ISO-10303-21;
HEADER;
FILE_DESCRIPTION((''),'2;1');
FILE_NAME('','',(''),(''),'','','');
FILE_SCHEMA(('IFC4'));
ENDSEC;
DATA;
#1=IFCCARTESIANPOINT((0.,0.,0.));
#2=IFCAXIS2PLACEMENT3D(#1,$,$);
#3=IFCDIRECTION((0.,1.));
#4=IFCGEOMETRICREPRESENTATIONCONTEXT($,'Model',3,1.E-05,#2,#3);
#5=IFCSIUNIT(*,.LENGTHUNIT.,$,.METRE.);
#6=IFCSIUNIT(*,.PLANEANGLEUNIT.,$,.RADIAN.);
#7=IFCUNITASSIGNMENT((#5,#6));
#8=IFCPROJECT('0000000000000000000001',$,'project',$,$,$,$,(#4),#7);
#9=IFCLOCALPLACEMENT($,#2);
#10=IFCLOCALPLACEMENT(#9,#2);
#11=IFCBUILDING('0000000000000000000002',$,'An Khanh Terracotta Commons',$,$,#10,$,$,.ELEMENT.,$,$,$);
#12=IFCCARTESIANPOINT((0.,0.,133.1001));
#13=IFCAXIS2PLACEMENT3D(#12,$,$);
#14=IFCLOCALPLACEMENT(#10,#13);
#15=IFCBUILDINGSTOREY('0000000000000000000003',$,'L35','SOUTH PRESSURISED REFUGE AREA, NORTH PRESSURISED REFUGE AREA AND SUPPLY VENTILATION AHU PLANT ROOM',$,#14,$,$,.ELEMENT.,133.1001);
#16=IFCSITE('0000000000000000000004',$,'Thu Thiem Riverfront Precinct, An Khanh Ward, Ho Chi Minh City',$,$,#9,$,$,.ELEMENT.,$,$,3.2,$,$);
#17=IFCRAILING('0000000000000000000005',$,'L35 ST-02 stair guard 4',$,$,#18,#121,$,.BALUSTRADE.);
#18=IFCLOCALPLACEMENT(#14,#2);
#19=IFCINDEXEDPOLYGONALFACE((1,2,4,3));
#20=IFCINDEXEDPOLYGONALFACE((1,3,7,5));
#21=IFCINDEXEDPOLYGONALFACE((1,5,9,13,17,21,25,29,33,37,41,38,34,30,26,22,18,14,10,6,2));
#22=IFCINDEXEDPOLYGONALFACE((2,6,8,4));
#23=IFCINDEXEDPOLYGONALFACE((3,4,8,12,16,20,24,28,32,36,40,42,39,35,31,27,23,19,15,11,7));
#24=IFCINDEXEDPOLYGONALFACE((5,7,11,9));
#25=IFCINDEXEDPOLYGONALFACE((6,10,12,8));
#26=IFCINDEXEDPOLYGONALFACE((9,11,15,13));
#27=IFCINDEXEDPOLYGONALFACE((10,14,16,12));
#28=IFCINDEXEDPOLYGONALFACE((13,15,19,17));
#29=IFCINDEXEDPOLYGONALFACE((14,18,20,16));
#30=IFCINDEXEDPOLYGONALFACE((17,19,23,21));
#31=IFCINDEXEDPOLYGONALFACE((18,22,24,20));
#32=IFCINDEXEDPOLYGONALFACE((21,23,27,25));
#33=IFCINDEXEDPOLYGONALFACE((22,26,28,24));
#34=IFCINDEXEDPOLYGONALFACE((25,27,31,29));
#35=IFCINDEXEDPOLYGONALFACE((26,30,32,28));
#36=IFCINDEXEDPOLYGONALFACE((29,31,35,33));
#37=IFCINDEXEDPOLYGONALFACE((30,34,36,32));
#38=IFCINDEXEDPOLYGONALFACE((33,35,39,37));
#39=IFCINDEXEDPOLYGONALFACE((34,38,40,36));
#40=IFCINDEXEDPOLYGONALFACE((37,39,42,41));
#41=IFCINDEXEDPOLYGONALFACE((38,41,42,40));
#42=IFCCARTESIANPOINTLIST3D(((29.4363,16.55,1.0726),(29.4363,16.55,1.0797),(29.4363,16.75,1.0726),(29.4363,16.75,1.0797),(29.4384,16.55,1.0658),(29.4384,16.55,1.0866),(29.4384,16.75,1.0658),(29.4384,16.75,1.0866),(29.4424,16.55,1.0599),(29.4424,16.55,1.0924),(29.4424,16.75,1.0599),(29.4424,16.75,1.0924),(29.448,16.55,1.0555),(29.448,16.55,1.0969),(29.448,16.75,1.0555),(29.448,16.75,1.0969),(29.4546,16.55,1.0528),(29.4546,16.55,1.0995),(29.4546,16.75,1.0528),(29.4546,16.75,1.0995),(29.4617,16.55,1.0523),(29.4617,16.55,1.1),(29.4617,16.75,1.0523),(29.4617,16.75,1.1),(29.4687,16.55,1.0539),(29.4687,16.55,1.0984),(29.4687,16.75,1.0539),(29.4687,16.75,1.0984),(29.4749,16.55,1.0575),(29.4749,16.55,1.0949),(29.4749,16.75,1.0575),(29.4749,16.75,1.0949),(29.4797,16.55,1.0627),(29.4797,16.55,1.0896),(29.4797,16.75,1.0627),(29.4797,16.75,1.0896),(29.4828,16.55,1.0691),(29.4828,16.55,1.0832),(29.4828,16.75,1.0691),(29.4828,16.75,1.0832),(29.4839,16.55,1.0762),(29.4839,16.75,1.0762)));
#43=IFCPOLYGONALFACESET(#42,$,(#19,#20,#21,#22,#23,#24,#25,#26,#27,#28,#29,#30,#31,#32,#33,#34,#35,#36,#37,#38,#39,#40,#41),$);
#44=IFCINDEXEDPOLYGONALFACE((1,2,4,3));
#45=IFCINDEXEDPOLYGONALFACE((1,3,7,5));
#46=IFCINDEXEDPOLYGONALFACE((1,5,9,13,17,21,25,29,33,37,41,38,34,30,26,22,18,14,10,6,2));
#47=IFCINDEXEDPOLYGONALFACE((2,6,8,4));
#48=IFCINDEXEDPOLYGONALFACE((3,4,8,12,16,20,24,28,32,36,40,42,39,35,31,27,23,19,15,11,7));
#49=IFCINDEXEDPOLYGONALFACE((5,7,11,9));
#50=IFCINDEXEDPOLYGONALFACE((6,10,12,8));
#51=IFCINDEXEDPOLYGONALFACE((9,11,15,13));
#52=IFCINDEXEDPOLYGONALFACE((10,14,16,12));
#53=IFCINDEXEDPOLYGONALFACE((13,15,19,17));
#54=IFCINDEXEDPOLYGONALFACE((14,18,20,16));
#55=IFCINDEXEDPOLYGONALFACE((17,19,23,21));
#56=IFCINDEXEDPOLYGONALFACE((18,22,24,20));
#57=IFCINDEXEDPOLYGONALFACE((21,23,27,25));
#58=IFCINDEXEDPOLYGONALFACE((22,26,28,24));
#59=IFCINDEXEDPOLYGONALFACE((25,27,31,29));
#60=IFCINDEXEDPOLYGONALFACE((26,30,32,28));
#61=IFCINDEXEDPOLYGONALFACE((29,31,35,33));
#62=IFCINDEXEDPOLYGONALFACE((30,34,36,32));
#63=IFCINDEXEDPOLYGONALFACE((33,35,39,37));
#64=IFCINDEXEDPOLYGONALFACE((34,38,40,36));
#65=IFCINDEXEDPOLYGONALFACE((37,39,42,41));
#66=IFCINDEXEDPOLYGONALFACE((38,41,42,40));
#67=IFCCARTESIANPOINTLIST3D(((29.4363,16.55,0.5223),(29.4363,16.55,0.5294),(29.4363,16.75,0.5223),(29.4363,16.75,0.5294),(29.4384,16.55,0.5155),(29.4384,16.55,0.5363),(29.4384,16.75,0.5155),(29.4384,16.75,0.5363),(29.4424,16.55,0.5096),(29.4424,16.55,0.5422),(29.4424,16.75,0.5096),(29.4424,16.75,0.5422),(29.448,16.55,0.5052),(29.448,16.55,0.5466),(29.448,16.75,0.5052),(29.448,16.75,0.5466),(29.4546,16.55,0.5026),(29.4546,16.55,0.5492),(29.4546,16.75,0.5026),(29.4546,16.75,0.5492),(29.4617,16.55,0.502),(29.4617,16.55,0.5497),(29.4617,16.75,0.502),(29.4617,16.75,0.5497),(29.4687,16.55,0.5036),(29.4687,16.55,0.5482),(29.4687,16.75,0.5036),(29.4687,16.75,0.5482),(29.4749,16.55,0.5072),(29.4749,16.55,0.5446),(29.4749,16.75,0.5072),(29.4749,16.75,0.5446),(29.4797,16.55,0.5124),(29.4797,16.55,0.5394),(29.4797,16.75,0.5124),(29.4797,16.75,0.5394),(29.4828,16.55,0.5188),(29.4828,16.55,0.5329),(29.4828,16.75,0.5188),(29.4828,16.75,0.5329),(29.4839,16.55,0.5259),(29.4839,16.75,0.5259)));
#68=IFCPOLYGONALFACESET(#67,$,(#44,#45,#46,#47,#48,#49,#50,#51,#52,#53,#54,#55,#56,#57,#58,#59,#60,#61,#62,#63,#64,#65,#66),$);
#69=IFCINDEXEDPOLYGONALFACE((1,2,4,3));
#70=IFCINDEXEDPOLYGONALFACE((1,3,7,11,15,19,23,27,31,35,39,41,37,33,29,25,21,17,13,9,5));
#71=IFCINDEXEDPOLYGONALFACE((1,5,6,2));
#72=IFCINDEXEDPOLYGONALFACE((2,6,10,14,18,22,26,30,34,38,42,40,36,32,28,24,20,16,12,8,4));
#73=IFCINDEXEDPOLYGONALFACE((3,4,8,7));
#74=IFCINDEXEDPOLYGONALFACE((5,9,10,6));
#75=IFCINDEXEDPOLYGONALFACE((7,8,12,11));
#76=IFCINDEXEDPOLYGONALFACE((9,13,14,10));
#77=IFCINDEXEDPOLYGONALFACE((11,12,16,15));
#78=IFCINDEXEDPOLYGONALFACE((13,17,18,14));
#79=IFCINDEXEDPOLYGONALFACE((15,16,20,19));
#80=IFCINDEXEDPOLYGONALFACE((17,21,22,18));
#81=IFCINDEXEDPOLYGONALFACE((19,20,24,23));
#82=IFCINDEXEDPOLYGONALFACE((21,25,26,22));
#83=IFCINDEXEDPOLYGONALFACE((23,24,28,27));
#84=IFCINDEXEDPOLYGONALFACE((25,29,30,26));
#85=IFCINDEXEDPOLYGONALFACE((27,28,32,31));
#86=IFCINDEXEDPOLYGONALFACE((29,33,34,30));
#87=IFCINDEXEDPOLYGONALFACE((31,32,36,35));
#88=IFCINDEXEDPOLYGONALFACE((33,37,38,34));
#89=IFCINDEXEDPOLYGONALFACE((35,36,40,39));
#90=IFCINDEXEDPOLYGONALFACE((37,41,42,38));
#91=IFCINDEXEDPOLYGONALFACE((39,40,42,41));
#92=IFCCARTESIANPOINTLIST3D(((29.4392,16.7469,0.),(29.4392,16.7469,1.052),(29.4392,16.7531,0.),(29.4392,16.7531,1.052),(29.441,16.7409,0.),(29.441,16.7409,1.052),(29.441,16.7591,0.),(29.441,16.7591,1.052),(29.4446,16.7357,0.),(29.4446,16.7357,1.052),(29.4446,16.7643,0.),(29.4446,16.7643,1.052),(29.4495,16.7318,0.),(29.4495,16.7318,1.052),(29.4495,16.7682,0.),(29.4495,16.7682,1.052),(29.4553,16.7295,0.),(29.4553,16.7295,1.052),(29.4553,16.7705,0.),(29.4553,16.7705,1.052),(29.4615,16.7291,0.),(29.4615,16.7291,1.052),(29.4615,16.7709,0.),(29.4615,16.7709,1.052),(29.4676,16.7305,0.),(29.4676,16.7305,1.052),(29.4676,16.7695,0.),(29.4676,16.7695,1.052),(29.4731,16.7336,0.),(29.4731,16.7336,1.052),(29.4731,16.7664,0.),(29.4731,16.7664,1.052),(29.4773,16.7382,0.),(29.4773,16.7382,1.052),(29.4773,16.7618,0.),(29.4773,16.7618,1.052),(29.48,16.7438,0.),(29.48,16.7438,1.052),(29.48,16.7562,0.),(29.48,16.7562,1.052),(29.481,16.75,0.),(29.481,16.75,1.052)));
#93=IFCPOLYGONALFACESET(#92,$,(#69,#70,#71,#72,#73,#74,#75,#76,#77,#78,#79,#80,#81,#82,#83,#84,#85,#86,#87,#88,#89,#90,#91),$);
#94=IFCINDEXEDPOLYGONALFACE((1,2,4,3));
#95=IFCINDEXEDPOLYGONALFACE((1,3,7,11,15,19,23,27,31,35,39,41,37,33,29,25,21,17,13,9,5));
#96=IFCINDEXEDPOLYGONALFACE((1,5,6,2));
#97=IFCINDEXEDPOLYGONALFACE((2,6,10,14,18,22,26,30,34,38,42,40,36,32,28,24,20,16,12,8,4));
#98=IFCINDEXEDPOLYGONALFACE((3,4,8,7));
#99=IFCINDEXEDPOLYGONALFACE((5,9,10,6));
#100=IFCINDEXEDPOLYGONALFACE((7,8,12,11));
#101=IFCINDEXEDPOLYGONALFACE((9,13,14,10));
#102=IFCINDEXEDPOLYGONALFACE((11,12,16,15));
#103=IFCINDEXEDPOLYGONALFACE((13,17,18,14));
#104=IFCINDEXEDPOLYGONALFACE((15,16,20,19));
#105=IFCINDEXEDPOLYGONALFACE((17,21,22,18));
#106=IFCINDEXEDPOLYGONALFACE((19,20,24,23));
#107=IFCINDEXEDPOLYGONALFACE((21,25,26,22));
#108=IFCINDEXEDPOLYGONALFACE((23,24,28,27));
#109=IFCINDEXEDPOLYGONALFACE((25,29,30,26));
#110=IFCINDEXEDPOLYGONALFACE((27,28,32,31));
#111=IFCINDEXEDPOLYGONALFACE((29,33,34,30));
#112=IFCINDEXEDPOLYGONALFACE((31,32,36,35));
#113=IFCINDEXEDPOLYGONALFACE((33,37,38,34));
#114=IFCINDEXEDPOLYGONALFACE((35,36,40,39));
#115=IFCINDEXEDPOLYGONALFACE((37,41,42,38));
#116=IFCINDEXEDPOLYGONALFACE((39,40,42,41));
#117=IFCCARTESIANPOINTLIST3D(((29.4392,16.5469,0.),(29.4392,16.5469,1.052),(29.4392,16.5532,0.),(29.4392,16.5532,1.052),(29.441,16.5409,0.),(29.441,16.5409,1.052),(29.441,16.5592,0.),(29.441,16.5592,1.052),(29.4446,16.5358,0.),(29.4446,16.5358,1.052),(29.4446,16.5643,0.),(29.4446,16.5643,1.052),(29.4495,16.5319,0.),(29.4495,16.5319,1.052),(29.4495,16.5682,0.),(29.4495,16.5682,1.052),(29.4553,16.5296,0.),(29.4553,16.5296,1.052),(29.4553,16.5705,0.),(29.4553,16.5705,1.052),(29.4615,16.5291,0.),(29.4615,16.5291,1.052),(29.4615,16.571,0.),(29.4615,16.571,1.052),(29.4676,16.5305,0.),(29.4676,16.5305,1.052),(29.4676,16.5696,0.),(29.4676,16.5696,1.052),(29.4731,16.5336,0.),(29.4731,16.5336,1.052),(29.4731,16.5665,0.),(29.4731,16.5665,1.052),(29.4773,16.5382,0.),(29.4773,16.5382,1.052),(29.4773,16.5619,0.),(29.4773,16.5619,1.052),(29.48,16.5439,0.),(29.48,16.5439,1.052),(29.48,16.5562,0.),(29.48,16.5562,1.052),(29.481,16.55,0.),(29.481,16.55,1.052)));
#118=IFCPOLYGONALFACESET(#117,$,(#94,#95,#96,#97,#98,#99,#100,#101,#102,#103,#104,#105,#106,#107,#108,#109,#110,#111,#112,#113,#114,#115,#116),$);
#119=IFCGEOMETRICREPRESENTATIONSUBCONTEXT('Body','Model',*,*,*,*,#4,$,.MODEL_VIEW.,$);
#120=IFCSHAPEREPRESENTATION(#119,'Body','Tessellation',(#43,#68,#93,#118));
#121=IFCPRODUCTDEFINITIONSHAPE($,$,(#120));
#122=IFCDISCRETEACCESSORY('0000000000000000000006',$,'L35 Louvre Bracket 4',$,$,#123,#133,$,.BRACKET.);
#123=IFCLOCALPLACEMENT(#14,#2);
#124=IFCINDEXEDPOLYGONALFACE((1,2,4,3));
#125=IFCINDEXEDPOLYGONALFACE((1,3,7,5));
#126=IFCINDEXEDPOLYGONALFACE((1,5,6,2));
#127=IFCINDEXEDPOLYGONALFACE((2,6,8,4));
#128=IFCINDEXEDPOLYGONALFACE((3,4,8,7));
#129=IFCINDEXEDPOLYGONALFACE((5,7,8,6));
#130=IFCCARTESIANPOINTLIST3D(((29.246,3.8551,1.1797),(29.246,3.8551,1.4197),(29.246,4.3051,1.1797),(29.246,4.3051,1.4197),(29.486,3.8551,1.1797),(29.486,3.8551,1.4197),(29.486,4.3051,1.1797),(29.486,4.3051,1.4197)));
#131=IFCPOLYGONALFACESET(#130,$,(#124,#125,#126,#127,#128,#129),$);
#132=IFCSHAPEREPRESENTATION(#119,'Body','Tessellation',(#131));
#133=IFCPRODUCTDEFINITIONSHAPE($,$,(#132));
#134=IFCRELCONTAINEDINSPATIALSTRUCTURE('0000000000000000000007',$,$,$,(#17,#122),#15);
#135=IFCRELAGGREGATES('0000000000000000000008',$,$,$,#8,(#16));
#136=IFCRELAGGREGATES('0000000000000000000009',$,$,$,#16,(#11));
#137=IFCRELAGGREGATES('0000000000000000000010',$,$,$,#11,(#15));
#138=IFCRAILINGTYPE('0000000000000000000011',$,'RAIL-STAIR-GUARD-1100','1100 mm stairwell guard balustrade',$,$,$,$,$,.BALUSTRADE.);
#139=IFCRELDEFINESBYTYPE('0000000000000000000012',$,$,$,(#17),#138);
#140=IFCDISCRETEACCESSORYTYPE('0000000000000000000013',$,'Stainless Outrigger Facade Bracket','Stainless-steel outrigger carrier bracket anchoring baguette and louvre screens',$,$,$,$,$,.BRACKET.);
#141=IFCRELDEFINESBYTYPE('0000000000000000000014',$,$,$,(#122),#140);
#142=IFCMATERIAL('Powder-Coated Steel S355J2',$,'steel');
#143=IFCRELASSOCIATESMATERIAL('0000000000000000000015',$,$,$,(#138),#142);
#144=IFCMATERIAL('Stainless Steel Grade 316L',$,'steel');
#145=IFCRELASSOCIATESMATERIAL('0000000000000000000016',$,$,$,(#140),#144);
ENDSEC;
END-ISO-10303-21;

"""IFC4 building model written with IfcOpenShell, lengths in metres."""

from ifc_helpers import new_model, si_unit, direction, frame, origin, origin_2d, place, context, subcontext, project, spatial, rectangle, circle, extrude, material, type_object, element, save


model = new_model("IFC4")

# Units and contexts
model_context = context("Model", 3, precision=1e-05, world=origin(), true_north=direction((0.0, 1.0)))
body_context = subcontext(model_context, "Body", "Model", "MODEL_VIEW")
ifc_project = project(units=[si_unit("LENGTHUNIT", "METRE"), si_unit("PLANEANGLEUNIT", "RADIAN")], contexts=[model_context])

# Site, building, storey
site_placement = place(None, origin())
site = spatial("IfcSite", under=ifc_project, at=site_placement, Name="Thu Thiem Riverfront Precinct, An Khanh Ward, Ho Chi Minh City", CompositionType="ELEMENT", RefElevation=3.2)
building_placement = place(site_placement, origin())
building = spatial("IfcBuilding", under=site, at=building_placement, Name="An Khanh Terracotta Commons", CompositionType="ELEMENT")
storey_placement = place(building_placement, frame((0.0, 0.0, 133.1001)))
storey = spatial("IfcBuildingStorey", under=building, at=storey_placement, Name="L35", Description="SOUTH PRESSURISED REFUGE AREA, NORTH PRESSURISED REFUGE AREA AND SUPPLY VENTILATION AHU PLANT ROOM", CompositionType="ELEMENT", Elevation=133.1001)

# Railing
ifc_material_1 = material(Name="Powder-Coated Steel S355J2", Category="steel")
railing_type_1 = type_object("IfcRailingType", Name="RAIL-STAIR-GUARD-1100", Description="1100 mm stairwell guard balustrade", PredefinedType="BALUSTRADE", material=ifc_material_1)
railing_1_placement = place(storey_placement, frame((29.46, 16.75, 0.0)))
element("IfcRailing", 1, at=railing_1_placement, inside=storey, type_object=railing_type_1, Name="L35 ST-02 stair guard 4", PredefinedType="BALUSTRADE", context=body_context, shape_type="SweptSolid", body=[
    extrude(circle(Radius=0.0239, at=origin_2d()), frame((0.0, 0.0, 1.0762), z_axis=(0.0, -1.0, 0.0), x_axis=(1.0, 0.0, 0.0)), (0.0, 0.0, 1.0), 0.2),
    extrude(circle(Radius=0.0239, at=origin_2d()), frame((0.0, 0.0, 0.5259), z_axis=(0.0, -1.0, 0.0), x_axis=(1.0, 0.0, 0.0)), (0.0, 0.0, 1.0), 0.2),
    extrude(circle(Radius=0.021, at=origin_2d()), origin(), (0.0, 0.0, 1.0), 1.052),
    extrude(circle(Radius=0.021, at=origin_2d()), frame((0.0, -0.2, 0.0)), (0.0, 0.0, 1.0), 1.052),
])

# Discrete accessory
ifc_material_2 = material(Name="Stainless Steel Grade 316L", Category="steel")
discrete_accessory_type = type_object("IfcDiscreteAccessoryType", Name="Stainless Outrigger Facade Bracket", Description="Stainless-steel outrigger carrier bracket anchoring baguette and louvre screens", PredefinedType="BRACKET", material=ifc_material_2)
discrete_accessory_placement = place(storey_placement, frame((29.366, 4.0801, 1.1797), z_axis=(0.0, 0.0, 1.0), x_axis=(1.0, 0.0, 0.0)))
element("IfcDiscreteAccessory", 2, at=discrete_accessory_placement, inside=storey, type_object=discrete_accessory_type, Name="L35 Louvre Bracket 4", PredefinedType="BRACKET", context=body_context, shape_type="SweptSolid", body=[
    extrude(rectangle(XDim=0.24, YDim=0.45, at=origin_2d()), origin(), (0.0, 0.0, 1.0), 0.24),
])

save(model, "model.ifc")
